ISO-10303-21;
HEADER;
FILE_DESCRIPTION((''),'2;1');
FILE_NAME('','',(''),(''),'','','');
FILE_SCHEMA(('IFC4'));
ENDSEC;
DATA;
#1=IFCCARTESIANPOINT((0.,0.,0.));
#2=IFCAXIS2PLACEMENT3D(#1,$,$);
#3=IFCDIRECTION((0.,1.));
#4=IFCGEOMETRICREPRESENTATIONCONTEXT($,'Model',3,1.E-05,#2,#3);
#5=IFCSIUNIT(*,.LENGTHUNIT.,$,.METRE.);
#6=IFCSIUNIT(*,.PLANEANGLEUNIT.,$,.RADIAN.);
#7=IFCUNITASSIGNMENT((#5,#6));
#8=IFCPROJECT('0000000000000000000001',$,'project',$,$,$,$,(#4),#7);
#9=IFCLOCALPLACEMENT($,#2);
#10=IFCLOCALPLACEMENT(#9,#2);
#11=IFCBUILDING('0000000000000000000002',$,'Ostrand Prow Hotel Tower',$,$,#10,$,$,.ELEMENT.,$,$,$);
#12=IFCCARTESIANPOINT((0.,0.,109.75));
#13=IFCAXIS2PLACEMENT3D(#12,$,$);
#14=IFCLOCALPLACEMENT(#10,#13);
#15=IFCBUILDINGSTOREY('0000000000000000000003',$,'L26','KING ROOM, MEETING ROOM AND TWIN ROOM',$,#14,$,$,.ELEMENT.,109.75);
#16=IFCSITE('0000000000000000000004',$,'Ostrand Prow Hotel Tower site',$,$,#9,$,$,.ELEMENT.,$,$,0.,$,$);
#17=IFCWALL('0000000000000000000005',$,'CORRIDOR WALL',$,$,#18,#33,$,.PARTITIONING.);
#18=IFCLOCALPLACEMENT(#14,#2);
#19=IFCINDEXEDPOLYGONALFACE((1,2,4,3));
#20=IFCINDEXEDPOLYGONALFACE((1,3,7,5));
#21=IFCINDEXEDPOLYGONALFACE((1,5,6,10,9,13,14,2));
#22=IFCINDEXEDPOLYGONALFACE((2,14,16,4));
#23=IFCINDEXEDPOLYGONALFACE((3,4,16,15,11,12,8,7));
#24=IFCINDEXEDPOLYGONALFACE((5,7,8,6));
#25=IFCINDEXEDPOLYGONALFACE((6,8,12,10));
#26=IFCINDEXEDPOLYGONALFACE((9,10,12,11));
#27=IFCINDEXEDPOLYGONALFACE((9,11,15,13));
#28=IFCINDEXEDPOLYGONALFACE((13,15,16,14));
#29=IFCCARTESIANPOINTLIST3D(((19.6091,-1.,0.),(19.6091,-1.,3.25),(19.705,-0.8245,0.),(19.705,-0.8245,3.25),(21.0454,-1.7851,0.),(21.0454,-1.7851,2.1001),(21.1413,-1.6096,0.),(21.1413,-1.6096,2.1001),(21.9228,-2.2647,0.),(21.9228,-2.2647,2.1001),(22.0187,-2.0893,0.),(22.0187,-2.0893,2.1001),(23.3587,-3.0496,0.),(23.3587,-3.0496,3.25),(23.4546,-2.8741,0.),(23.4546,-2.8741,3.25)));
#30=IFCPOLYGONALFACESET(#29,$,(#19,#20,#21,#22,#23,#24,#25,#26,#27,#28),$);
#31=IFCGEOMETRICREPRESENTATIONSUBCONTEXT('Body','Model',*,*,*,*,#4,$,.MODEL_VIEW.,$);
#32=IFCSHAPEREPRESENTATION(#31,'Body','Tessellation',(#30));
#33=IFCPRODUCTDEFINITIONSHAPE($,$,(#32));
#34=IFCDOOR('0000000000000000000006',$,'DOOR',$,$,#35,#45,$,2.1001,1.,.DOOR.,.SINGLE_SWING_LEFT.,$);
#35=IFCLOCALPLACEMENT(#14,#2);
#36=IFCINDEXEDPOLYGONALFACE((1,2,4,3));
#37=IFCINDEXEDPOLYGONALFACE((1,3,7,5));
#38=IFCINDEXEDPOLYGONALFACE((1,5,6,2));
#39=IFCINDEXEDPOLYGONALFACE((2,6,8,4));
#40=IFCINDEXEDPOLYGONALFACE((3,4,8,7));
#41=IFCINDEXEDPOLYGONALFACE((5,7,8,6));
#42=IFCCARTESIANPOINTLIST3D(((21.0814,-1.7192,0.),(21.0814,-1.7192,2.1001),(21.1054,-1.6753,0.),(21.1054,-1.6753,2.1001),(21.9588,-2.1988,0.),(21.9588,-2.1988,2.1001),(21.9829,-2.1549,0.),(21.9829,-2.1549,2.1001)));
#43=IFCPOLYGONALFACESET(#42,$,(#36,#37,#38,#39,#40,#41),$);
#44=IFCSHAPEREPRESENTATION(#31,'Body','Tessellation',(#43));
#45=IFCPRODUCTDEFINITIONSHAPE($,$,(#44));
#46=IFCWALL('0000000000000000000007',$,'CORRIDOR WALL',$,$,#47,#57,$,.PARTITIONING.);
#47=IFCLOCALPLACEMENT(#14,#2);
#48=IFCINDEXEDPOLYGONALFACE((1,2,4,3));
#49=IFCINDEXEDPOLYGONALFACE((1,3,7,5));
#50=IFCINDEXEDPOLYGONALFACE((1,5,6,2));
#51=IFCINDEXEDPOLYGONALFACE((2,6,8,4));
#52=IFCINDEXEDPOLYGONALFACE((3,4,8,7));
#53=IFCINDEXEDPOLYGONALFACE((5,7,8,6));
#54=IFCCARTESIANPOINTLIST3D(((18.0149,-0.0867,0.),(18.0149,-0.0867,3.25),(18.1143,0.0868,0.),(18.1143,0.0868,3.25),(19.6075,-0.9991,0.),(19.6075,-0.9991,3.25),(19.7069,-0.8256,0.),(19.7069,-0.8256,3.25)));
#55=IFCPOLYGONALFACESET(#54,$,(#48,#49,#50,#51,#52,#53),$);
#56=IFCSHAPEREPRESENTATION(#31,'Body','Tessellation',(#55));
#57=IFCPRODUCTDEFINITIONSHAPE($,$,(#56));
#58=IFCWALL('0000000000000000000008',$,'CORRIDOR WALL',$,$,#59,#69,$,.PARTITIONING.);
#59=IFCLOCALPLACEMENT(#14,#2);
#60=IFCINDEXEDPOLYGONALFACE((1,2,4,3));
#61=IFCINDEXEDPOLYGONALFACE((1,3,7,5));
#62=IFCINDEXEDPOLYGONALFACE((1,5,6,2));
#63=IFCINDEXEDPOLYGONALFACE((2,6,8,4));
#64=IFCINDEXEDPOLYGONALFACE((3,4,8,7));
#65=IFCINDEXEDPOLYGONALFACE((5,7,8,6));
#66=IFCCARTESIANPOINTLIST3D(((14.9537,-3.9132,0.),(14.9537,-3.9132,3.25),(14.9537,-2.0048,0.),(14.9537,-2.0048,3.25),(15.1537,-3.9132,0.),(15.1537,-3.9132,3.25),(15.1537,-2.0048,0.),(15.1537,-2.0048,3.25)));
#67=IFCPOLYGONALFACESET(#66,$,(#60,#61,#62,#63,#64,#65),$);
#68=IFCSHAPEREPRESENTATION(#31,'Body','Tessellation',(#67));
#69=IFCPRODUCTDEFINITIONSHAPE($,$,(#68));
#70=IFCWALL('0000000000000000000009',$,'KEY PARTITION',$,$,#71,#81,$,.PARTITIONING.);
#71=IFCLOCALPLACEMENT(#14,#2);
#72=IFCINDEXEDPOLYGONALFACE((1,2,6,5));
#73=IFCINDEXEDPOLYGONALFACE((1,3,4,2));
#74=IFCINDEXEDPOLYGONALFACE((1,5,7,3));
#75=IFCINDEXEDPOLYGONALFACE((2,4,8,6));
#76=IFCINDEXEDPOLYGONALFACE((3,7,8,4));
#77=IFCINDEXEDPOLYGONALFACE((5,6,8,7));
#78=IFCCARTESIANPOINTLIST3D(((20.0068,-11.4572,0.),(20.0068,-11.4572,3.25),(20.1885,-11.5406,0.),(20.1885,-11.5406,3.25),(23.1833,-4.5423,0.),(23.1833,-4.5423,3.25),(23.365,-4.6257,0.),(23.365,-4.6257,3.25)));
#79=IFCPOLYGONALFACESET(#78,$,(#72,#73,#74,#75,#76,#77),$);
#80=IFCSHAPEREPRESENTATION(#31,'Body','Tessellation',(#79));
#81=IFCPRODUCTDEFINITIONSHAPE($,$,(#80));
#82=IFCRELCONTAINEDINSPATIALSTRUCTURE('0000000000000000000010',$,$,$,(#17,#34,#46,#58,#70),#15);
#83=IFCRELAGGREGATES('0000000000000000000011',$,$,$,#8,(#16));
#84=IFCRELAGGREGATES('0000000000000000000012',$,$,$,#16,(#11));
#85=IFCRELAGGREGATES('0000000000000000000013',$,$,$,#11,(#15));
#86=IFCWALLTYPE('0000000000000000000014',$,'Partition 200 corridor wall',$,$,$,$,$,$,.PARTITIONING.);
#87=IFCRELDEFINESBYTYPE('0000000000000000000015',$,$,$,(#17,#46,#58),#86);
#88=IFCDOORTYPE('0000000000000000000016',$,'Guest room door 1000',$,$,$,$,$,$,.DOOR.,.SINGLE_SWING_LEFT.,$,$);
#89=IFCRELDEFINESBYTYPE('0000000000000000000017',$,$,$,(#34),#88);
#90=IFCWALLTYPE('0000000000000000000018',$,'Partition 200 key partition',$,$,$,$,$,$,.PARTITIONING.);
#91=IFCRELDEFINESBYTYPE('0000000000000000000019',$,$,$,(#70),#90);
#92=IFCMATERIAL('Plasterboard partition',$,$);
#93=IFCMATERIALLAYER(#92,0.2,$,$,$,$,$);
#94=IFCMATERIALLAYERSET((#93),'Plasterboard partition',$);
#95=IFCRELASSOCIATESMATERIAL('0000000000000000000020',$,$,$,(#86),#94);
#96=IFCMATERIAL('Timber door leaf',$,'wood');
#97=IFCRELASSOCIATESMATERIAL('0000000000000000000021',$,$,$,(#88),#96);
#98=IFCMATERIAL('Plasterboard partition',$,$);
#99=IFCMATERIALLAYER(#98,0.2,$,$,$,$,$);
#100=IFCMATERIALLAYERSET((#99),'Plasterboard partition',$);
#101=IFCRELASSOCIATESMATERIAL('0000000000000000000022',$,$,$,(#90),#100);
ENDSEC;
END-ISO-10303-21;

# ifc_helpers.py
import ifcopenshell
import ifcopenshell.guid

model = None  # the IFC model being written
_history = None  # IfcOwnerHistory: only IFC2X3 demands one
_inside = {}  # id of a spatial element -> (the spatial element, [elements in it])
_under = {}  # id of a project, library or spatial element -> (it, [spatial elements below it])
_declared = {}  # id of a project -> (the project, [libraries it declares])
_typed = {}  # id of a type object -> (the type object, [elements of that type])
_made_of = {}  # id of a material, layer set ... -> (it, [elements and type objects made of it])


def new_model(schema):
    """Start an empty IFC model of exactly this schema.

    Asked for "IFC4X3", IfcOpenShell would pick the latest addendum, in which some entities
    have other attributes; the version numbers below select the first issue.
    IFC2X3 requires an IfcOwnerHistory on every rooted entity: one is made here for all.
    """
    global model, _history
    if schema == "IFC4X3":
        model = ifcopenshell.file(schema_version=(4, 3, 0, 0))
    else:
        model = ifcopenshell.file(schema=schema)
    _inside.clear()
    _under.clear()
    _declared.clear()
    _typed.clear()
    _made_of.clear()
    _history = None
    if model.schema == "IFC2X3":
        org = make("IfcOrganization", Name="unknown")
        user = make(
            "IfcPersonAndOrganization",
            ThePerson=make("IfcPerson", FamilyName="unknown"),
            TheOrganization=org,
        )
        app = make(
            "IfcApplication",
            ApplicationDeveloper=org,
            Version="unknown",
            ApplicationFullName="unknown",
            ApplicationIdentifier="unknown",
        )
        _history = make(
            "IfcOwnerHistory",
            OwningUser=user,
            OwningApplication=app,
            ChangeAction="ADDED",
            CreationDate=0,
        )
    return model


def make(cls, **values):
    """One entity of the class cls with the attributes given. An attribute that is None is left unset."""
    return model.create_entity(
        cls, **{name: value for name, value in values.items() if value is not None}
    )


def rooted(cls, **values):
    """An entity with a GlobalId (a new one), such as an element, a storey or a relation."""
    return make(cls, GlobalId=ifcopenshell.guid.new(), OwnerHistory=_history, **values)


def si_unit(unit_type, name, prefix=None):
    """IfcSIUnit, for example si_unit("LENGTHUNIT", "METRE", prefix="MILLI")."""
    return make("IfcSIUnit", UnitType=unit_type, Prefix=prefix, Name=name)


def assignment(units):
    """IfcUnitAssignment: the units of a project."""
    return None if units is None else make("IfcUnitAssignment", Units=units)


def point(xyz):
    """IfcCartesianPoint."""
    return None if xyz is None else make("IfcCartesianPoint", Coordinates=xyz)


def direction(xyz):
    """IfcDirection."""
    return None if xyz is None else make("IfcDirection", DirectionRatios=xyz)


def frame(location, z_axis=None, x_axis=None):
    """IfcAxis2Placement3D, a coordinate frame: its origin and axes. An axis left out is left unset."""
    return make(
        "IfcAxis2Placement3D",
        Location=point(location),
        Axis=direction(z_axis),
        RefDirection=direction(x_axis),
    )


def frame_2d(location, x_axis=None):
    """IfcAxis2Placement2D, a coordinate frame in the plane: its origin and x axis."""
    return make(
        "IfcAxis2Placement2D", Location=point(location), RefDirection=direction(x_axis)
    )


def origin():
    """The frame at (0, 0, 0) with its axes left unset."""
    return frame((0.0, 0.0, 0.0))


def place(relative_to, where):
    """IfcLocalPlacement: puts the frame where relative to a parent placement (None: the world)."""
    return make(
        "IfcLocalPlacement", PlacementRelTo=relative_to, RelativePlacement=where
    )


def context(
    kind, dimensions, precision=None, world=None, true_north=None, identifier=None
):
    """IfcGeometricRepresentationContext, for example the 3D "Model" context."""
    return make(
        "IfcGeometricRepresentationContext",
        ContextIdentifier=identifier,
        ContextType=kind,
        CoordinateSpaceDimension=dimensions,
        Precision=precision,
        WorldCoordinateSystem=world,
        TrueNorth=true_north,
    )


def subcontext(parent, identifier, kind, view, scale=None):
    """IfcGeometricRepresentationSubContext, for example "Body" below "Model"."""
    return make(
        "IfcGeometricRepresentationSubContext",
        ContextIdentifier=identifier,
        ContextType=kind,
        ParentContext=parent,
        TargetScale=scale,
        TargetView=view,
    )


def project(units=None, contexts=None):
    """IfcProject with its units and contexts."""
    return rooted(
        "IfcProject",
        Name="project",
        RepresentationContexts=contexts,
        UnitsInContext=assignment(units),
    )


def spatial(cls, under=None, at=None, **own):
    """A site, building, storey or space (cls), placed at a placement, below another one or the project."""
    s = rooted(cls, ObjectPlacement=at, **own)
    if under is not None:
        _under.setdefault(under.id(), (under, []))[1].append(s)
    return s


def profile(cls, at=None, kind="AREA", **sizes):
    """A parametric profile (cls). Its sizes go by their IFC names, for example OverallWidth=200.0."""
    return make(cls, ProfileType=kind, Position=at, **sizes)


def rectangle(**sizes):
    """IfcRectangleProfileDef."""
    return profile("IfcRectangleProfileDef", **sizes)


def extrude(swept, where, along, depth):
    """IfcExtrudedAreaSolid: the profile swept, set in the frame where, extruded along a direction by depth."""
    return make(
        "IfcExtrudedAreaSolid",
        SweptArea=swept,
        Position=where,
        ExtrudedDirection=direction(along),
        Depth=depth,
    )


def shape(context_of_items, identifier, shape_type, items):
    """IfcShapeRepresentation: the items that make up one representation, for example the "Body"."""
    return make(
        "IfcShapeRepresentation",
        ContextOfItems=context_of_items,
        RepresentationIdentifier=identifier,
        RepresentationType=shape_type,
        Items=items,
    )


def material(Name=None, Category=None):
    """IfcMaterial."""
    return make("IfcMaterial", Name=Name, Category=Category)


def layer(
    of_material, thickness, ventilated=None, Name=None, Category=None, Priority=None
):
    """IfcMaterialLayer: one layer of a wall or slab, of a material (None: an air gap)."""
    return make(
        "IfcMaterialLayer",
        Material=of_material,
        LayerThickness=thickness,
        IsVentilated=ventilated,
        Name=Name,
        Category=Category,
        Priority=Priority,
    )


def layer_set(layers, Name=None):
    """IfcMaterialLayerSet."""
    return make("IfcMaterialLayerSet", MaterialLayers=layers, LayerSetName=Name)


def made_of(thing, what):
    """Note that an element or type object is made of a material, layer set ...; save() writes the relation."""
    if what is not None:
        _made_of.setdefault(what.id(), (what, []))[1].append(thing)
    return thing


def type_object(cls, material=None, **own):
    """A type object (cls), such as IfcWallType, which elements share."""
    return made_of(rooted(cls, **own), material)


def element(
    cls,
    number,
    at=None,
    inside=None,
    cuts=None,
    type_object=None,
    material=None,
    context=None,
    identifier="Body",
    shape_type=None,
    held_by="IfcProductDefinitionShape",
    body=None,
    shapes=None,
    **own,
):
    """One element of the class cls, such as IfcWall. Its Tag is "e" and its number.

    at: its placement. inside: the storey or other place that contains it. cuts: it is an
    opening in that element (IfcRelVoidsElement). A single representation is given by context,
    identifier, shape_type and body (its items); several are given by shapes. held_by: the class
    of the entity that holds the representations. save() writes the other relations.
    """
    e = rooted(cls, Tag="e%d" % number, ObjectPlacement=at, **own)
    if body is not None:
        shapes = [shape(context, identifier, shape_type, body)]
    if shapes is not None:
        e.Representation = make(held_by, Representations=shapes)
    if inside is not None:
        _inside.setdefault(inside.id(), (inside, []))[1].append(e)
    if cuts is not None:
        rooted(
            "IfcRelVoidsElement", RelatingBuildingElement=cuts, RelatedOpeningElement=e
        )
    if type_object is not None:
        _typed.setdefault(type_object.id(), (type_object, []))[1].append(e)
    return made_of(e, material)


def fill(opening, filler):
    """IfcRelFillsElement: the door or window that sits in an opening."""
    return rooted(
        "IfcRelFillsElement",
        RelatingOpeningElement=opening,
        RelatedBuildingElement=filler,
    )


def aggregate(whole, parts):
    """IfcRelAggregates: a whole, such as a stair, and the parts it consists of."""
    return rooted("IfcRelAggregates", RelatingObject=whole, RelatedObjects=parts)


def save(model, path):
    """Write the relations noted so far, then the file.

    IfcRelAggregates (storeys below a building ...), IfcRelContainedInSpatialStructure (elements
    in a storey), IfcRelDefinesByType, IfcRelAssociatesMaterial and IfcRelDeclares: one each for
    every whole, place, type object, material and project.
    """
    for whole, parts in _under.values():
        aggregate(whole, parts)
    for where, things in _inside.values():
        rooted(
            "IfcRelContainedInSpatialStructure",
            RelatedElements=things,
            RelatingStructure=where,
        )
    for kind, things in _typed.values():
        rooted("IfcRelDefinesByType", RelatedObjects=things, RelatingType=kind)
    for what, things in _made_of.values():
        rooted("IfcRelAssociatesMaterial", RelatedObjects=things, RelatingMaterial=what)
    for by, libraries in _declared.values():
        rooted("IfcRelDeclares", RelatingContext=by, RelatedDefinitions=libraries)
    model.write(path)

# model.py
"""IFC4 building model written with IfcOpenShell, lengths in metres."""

from ifc_helpers import new_model, si_unit, direction, frame, frame_2d, origin, place, context, subcontext, project, spatial, rectangle, extrude, material, layer, layer_set, type_object, element, fill, save


model = new_model("IFC4")

# Units and contexts
model_context = context("Model", 3, precision=1e-05, world=origin(), true_north=direction((0.0, 1.0)))
body_context = subcontext(model_context, "Body", "Model", "MODEL_VIEW")
ifc_project = project(units=[si_unit("LENGTHUNIT", "METRE"), si_unit("PLANEANGLEUNIT", "RADIAN")], contexts=[model_context])

# Site, building, storey
site_placement = place(None, origin())
site = spatial("IfcSite", under=ifc_project, at=site_placement, Name="Ostrand Prow Hotel Tower site", CompositionType="ELEMENT", RefElevation=0.0)
building_placement = place(site_placement, origin())
building = spatial("IfcBuilding", under=site, at=building_placement, Name="Ostrand Prow Hotel Tower", CompositionType="ELEMENT")
storey_placement = place(building_placement, frame((0.0, 0.0, 109.75)))
storey = spatial("IfcBuildingStorey", under=building, at=storey_placement, Name="L26", Description="KING ROOM, MEETING ROOM AND TWIN ROOM", CompositionType="ELEMENT", Elevation=109.75)

# Wall, opening, door
ifc_material_1 = material(Name="Plasterboard partition")
ifc_layer_1 = layer(ifc_material_1, 0.2)
ifc_layer_set_1 = layer_set([ifc_layer_1], Name="Plasterboard partition")
wall_type_1 = type_object("IfcWallType", Name="Partition 200 corridor wall", PredefinedType="PARTITIONING", material=ifc_layer_set_1)
ifc_material_2 = material(Name="Timber door leaf", Category="wood")
door_type_1 = type_object("IfcDoorType", Name="Guest room door 1000", OperationType="SINGLE_SWING_LEFT", PredefinedType="DOOR", material=ifc_material_2)
wall_1_placement = place(storey_placement, frame((23.4067, -2.9619, 0.0), z_axis=(0.0, 0.0, 1.0), x_axis=(-0.877465, 0.479641, 0.0)))
wall_1 = element("IfcWall", 1, at=wall_1_placement, inside=storey, type_object=wall_type_1, Name="CORRIDOR WALL", PredefinedType="PARTITIONING", context=body_context, shape_type="SweptSolid", body=[
    extrude(rectangle(XDim=4.2732, YDim=0.2, at=frame_2d((2.1367, 0.0))), origin(), (0.0, 0.0, 1.0), 3.25),
])
opening_1_placement = place(wall_1_placement, frame((1.6365, 0.0, 0.0)))
opening_1 = element("IfcOpeningElement", 2, at=opening_1_placement, cuts=wall_1, PredefinedType="OPENING", context=body_context, shape_type="SweptSolid", body=[
    extrude(rectangle(XDim=1.0, YDim=2.1001, at=frame_2d((0.5, 1.05))), frame((0.0, 0.1099, 0.0), z_axis=(0.0, -1.0, 0.0), x_axis=(1.0, 0.0, 0.0)), (0.0, 0.0, 1.0), 0.22),
])
door_1_placement = place(opening_1_placement, origin())
door_1 = element("IfcDoor", 3, at=door_1_placement, inside=storey, type_object=door_type_1, Name="DOOR", OperationType="SINGLE_SWING_LEFT", OverallHeight=2.1001, OverallWidth=1.0, PredefinedType="DOOR", context=body_context, shape_type="SweptSolid", body=[
    extrude(rectangle(XDim=1.0, YDim=2.1001, at=frame_2d((0.5, 1.05))), frame((0.0, 0.0249, 0.0), z_axis=(0.0, -1.0, 0.0), x_axis=(1.0, 0.0, 0.0)), (0.0, 0.0, 1.0), 0.05),
])
fill(opening_1, door_1)

# Walls
wall_2_placement = place(storey_placement, frame((19.6572, -0.9124, 0.0), z_axis=(0.0, 0.0, 1.0), x_axis=(-0.867694, 0.497098, 0.0)))
element("IfcWall", 4, at=wall_2_placement, inside=storey, type_object=wall_type_1, Name="CORRIDOR WALL", PredefinedType="PARTITIONING", context=body_context, shape_type="SweptSolid", body=[
    extrude(rectangle(XDim=1.8354, YDim=0.2, at=frame_2d((0.9177, 0.0))), origin(), (0.0, 0.0, 1.0), 3.25),
])
wall_3_placement = place(storey_placement, frame((15.0537, -2.0049, 0.0), z_axis=(0.0, 0.0, 1.0), x_axis=(0.0, -1.0, 0.0)))
element("IfcWall", 5, at=wall_3_placement, inside=storey, type_object=wall_type_1, Name="CORRIDOR WALL", PredefinedType="PARTITIONING", context=body_context, shape_type="SweptSolid", body=[
    extrude(rectangle(XDim=1.9084, YDim=0.2, at=frame_2d((0.9541, 0.0))), origin(), (0.0, 0.0, 1.0), 3.25),
])
ifc_material_3 = material(Name="Plasterboard partition")
ifc_layer_2 = layer(ifc_material_3, 0.2)
ifc_layer_set_2 = layer_set([ifc_layer_2], Name="Plasterboard partition")
wall_type_2 = type_object("IfcWallType", Name="Partition 200 key partition", PredefinedType="PARTITIONING", material=ifc_layer_set_2)
wall_4_placement = place(storey_placement, frame((20.0977, -11.4988, 0.0), z_axis=(0.0, 0.0, 1.0), x_axis=(0.41744, 0.908704, 0.0)))
element("IfcWall", 6, at=wall_4_placement, inside=storey, type_object=wall_type_2, Name="KEY PARTITION", PredefinedType="PARTITIONING", context=body_context, shape_type="SweptSolid", body=[
    extrude(rectangle(XDim=7.6096, YDim=0.2, at=frame_2d((3.8047, 0.0))), origin(), (0.0, 0.0, 1.0), 3.25),
])

save(model, "model.ifc")
